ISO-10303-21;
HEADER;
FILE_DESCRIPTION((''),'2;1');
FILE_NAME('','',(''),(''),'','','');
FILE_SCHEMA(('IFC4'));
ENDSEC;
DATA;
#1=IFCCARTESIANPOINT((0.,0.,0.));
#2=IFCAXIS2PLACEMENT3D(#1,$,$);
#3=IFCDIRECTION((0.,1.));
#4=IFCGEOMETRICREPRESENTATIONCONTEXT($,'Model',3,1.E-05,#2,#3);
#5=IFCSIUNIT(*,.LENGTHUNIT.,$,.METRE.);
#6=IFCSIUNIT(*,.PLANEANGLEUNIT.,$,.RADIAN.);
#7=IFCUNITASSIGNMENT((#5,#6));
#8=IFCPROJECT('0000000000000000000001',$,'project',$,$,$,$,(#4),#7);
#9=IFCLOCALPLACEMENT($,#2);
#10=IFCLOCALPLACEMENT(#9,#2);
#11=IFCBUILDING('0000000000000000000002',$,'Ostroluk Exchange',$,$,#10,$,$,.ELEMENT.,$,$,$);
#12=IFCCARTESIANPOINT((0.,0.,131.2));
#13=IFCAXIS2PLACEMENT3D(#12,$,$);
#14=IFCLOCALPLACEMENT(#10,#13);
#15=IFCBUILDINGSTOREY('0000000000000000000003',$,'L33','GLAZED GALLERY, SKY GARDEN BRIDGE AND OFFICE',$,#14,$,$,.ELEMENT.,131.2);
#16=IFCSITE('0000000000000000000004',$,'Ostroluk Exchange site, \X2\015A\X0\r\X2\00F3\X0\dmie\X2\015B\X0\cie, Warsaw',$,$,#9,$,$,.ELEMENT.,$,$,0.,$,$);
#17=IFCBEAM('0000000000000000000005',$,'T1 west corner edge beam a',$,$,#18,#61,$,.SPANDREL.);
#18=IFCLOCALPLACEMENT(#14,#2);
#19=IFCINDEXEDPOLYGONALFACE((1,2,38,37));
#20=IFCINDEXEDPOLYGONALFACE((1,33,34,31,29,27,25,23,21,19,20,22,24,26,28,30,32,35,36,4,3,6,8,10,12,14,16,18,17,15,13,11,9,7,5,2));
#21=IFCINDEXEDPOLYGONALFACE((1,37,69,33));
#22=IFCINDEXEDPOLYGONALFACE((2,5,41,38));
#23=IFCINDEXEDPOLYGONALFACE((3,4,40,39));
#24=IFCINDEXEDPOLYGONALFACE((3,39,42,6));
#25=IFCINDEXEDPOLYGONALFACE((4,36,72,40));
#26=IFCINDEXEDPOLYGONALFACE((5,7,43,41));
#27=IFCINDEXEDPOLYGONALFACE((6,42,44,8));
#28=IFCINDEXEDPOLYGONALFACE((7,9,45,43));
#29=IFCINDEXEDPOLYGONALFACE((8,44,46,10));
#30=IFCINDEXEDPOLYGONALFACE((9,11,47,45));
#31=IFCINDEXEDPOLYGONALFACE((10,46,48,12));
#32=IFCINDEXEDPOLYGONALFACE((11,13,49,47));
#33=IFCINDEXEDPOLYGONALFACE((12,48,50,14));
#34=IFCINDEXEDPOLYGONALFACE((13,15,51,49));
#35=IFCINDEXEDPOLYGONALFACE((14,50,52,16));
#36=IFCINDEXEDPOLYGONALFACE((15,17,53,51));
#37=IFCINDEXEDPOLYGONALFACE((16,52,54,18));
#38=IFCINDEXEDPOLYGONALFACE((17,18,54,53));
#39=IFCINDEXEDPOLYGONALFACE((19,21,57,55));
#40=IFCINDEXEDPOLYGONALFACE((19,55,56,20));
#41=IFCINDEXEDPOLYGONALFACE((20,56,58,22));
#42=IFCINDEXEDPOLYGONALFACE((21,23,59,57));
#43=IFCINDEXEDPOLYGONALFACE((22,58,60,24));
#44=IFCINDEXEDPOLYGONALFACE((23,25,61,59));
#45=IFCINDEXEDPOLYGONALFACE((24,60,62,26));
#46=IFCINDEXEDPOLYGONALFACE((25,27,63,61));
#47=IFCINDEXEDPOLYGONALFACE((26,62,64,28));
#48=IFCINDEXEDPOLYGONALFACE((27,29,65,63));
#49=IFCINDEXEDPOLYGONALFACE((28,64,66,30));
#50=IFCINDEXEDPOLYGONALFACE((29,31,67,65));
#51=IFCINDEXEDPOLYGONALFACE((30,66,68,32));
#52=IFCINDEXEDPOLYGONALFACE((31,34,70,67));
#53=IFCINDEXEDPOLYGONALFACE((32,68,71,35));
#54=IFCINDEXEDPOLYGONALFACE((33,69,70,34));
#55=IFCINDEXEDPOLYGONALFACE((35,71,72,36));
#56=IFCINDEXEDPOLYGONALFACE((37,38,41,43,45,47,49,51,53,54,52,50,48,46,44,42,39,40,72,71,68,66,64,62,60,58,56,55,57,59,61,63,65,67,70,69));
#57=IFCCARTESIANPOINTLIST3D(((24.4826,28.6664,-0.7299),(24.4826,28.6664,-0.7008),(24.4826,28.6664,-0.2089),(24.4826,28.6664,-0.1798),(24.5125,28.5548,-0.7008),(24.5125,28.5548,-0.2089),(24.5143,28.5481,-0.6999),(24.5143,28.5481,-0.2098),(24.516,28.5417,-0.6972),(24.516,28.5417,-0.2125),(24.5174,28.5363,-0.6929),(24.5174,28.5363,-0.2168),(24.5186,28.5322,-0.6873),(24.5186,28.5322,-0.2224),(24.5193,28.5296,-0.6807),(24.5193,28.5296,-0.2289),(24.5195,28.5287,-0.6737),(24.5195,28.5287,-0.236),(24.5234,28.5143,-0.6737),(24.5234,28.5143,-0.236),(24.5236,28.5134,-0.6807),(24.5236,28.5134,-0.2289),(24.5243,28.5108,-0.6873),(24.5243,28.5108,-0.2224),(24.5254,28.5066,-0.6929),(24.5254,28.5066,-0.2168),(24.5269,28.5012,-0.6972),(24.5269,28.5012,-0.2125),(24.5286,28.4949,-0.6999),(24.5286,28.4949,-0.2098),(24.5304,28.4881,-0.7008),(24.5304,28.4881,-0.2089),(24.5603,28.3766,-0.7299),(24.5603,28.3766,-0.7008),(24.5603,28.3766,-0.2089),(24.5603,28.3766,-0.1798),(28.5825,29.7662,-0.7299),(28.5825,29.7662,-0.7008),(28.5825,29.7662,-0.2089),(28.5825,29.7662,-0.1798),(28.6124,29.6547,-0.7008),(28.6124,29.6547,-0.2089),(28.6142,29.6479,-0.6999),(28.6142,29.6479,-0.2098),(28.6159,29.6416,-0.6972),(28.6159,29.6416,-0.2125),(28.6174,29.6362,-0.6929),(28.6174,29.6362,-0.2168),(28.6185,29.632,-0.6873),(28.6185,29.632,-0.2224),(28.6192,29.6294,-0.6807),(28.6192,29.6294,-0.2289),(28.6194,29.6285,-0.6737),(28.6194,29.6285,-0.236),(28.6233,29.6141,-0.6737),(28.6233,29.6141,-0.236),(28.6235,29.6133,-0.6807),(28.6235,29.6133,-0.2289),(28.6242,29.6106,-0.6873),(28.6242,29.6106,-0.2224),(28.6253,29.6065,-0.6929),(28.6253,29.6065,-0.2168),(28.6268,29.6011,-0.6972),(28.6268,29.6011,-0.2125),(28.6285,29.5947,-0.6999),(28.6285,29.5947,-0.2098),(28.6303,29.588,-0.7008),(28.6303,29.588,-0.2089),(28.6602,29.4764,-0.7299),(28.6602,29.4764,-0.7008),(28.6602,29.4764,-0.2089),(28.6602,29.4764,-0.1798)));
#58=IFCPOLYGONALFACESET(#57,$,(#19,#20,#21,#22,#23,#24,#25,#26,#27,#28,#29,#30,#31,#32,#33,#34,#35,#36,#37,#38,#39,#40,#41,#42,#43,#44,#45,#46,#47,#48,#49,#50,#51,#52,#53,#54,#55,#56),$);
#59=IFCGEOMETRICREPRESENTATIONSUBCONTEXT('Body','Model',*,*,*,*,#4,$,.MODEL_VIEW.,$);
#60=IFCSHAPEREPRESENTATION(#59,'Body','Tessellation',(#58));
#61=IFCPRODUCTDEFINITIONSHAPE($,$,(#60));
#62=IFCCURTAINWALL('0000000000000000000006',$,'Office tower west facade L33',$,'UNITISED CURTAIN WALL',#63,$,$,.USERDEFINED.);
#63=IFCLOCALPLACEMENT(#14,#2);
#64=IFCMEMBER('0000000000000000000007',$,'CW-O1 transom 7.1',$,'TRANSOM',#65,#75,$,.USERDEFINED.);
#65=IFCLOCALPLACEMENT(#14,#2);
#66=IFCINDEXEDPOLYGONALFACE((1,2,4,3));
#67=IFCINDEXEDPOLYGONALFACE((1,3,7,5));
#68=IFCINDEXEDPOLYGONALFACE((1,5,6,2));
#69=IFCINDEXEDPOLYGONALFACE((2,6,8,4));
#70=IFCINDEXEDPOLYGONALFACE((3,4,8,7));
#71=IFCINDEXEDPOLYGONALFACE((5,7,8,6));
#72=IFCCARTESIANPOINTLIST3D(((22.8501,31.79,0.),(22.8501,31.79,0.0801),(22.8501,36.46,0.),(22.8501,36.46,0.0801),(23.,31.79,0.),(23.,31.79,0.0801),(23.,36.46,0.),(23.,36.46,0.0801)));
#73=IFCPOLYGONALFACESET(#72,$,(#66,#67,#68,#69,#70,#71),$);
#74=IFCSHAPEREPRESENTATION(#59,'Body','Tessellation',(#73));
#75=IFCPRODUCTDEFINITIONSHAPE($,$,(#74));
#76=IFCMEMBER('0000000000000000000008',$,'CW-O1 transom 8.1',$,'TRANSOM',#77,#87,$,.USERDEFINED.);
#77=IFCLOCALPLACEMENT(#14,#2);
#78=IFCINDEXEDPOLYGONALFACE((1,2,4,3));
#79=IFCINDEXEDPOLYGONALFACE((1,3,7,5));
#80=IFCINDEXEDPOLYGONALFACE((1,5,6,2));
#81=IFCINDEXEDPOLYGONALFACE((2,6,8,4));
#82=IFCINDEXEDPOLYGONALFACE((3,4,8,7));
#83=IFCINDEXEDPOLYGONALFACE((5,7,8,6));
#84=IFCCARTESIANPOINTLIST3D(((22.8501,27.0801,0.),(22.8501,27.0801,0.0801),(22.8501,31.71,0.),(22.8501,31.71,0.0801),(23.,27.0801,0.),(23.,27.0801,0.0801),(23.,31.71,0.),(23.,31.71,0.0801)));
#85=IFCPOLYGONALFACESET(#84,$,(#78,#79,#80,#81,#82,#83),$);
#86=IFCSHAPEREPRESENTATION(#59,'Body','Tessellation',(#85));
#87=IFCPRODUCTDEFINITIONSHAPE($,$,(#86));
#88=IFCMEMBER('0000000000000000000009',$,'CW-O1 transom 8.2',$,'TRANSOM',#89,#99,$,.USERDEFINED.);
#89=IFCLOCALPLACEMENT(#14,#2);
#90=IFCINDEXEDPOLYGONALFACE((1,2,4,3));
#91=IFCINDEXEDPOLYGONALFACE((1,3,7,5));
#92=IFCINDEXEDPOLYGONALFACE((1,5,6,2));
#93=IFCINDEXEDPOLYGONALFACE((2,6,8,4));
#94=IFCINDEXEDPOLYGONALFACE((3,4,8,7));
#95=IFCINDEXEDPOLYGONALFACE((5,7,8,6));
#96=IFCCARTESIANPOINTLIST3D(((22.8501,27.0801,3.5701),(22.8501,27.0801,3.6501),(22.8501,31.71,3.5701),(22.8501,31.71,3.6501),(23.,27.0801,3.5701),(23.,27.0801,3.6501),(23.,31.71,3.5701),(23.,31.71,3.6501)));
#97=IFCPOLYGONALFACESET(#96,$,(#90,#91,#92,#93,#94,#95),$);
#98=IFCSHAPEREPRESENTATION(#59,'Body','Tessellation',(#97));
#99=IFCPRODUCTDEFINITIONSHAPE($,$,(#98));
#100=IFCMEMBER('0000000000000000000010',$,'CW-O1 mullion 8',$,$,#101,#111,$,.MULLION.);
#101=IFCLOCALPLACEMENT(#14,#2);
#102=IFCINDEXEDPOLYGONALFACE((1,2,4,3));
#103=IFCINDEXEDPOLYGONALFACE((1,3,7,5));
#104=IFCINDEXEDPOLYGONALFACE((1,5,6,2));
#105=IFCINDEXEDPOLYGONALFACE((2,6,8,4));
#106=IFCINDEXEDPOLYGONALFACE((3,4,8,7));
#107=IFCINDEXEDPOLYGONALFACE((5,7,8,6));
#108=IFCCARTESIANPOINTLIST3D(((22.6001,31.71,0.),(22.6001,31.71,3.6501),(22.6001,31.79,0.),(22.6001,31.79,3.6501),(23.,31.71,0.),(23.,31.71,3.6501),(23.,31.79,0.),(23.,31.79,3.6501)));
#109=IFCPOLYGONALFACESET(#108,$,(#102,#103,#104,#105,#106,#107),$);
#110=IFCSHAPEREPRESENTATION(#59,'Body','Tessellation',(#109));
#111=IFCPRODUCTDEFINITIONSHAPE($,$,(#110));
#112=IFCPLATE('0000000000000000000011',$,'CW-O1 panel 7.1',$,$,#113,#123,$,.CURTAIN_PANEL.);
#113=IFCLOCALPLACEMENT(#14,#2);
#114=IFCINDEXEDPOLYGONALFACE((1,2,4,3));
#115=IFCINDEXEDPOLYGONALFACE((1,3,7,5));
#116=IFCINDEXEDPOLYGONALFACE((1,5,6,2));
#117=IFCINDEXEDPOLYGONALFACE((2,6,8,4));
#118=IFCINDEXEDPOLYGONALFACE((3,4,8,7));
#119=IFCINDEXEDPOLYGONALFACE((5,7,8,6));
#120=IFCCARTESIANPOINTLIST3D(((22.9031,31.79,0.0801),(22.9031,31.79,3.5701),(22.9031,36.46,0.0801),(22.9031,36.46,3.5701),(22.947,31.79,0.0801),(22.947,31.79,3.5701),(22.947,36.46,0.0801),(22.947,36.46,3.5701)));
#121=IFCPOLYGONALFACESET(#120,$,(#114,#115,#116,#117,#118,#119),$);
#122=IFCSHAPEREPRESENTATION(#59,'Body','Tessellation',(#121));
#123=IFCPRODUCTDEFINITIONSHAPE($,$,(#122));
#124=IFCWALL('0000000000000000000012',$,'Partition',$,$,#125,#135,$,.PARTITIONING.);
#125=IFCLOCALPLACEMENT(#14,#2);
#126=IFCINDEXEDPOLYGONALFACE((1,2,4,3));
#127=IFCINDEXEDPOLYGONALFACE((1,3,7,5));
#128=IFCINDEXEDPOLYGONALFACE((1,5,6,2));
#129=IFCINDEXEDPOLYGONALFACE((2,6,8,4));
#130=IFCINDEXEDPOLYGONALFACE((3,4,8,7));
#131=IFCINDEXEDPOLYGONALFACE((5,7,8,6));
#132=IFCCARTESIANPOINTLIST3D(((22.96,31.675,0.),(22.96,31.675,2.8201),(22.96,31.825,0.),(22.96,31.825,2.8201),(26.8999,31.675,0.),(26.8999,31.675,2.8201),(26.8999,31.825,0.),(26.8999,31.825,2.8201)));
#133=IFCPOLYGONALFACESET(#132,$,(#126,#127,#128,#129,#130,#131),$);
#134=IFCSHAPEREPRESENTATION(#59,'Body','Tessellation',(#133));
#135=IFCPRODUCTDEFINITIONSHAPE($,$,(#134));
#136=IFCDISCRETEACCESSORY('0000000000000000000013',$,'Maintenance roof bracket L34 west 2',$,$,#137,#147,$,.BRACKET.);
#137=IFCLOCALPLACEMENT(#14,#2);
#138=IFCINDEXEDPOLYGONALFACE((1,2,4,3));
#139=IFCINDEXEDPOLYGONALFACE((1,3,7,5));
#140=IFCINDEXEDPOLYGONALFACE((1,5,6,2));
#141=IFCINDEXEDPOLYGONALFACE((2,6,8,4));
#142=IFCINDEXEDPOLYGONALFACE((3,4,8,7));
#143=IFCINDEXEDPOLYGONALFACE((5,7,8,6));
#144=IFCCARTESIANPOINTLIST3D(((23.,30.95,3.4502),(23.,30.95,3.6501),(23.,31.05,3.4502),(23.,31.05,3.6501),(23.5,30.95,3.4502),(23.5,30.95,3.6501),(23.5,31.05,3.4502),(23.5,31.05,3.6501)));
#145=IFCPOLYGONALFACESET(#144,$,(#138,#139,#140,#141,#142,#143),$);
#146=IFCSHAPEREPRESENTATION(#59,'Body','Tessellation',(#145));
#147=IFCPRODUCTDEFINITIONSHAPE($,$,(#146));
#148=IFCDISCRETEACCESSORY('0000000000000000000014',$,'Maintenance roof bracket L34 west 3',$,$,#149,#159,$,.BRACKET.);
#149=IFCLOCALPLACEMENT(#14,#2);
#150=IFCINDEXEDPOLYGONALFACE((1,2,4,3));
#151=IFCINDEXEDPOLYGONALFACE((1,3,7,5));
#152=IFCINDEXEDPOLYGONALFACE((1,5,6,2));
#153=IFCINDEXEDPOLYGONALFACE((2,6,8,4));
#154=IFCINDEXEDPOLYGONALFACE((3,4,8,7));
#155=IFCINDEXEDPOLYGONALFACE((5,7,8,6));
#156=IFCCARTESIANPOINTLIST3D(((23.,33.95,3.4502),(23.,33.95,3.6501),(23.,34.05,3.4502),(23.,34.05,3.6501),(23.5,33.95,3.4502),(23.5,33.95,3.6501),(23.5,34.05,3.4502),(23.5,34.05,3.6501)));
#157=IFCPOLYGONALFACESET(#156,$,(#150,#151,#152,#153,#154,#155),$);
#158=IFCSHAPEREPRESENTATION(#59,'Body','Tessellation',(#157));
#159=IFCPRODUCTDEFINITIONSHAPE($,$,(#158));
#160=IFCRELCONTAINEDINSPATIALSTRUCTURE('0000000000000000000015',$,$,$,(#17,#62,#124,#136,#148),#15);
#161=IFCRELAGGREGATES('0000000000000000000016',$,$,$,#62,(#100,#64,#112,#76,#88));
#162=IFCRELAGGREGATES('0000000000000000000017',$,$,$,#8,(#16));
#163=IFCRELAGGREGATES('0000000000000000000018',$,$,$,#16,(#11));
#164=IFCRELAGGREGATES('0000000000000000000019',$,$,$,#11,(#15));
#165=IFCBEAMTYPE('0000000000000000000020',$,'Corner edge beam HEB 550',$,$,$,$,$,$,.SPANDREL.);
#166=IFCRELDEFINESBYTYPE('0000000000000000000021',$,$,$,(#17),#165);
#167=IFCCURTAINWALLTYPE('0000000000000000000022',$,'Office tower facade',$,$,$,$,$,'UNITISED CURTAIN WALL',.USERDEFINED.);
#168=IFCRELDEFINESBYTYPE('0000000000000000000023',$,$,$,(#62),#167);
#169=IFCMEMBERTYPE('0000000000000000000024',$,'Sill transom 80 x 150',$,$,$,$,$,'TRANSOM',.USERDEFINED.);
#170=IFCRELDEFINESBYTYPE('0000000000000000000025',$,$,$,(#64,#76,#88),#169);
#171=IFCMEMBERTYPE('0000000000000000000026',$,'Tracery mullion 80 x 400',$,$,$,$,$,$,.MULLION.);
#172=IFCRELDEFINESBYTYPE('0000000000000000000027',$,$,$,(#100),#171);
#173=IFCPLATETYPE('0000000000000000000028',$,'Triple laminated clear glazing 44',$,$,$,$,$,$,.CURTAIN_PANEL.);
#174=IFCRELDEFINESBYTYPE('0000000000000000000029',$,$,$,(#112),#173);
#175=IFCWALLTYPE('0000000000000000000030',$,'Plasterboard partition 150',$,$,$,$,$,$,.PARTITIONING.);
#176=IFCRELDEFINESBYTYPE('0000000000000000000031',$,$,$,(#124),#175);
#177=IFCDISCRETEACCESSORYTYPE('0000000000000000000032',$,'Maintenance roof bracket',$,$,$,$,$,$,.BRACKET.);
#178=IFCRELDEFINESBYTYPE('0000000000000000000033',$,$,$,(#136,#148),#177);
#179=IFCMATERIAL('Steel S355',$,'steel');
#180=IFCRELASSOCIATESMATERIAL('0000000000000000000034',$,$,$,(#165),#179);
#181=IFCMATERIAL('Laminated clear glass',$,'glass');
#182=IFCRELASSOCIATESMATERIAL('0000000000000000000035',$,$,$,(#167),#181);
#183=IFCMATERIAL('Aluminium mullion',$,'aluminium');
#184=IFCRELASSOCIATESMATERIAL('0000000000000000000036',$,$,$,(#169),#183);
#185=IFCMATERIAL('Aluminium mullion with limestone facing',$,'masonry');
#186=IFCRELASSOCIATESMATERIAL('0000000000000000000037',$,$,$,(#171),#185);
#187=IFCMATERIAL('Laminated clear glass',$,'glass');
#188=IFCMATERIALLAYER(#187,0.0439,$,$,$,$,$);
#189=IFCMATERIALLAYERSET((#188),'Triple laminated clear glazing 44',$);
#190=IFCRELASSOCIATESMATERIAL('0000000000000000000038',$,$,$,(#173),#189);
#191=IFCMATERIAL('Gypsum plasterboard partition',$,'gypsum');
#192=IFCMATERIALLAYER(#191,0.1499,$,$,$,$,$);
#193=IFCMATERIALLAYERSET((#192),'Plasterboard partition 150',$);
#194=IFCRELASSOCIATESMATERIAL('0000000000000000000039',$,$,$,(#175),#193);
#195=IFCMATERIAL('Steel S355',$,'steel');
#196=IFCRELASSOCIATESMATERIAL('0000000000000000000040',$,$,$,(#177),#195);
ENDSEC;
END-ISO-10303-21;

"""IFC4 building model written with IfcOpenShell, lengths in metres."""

from ifc_helpers import new_model, si_unit, direction, frame, frame_2d, origin, origin_2d, place, context, subcontext, project, spatial, rectangle, i_section, extrude, material, layer, layer_set, material_profile, profile_set, type_object, element, aggregate, save


model = new_model("IFC4")

# Units and contexts
model_context = context("Model", 3, precision=1e-05, world=origin(), true_north=direction((0.0, 1.0)))
body_context = subcontext(model_context, "Body", "Model", "MODEL_VIEW")
ifc_project = project(units=[si_unit("LENGTHUNIT", "METRE"), si_unit("PLANEANGLEUNIT", "RADIAN")], contexts=[model_context])

# Site, building, storey
site_placement = place(None, origin())
site = spatial("IfcSite", under=ifc_project, at=site_placement, Name="Ostroluk Exchange site, Śródmieście, Warsaw", CompositionType="ELEMENT", RefElevation=0.0)
building_placement = place(site_placement, origin())
building = spatial("IfcBuilding", under=site, at=building_placement, Name="Ostroluk Exchange", CompositionType="ELEMENT")
storey_placement = place(building_placement, frame((0.0, 0.0, 131.2)))
storey = spatial("IfcBuildingStorey", under=building, at=storey_placement, Name="L33", Description="GLAZED GALLERY, SKY GARDEN BRIDGE AND OFFICE", CompositionType="ELEMENT", Elevation=131.2)

# Beam
ifc_material_1 = material(Name="Steel S355", Category="steel")
ifc_material_profile_1 = material_profile(ifc_material_1, i_section(OverallWidth=0.3, OverallDepth=0.55, WebThickness=0.0149, FlangeThickness=0.0291, FilletRadius=0.0271, at=origin_2d()), Name="HEB 550")
ifc_profile_set_1 = profile_set([ifc_material_profile_1], Name="Steel S355")
beam_type = type_object("IfcBeamType", Name="Corner edge beam HEB 550", PredefinedType="SPANDREL", material=ifc_profile_set_1)
beam_placement = place(storey_placement, frame((28.6213, 29.6213, -0.4548), z_axis=(-0.965849, -0.259105, 0.0), x_axis=(0.259105, -0.965849, 0.0)))
element("IfcBeam", 1, at=beam_placement, inside=storey, type_object=beam_type, Name="T1 west corner edge beam a", PredefinedType="SPANDREL", context=body_context, shape_type="SweptSolid", body=[
    extrude(i_section(OverallWidth=0.3, OverallDepth=0.55, WebThickness=0.0149, FlangeThickness=0.0291, FilletRadius=0.0271, at=origin_2d()), origin(), (0.0, 0.0, 1.0), 4.2449),
])

# Curtain wall, members, plate
ifc_material_2 = material(Name="Laminated clear glass", Category="glass")
curtain_wall_type = type_object("IfcCurtainWallType", Name="Office tower facade", ElementType="UNITISED CURTAIN WALL", PredefinedType="USERDEFINED", material=ifc_material_2)
curtain_wall_placement = place(storey_placement, origin())
curtain_wall = element("IfcCurtainWall", 2, at=curtain_wall_placement, inside=storey, type_object=curtain_wall_type, Name="Office tower west facade L33", ObjectType="UNITISED CURTAIN WALL", PredefinedType="USERDEFINED")
ifc_material_3 = material(Name="Aluminium mullion", Category="aluminium")
ifc_material_profile_2 = material_profile(ifc_material_3, rectangle(XDim=0.1499, YDim=0.0801, at=origin_2d()), Name="Sill transom 80 x 150")
ifc_profile_set_2 = profile_set([ifc_material_profile_2], Name="Aluminium mullion")
member_type_1 = type_object("IfcMemberType", Name="Sill transom 80 x 150", ElementType="TRANSOM", PredefinedType="USERDEFINED", material=ifc_profile_set_2)
member_1_placement = place(storey_placement, frame((22.925, 36.46, 0.04), z_axis=(0.0, -1.0, 0.0), x_axis=(1.0, 0.0, 0.0)))
member_1 = element("IfcMember", 3, at=member_1_placement, type_object=member_type_1, Name="CW-O1 transom 7.1", ObjectType="TRANSOM", PredefinedType="USERDEFINED", context=body_context, shape_type="SweptSolid", body=[
    extrude(rectangle(XDim=0.1499, YDim=0.0801, at=origin_2d()), origin(), (0.0, 0.0, 1.0), 4.6699),
])
member_2_placement = place(storey_placement, frame((22.925, 31.71, 0.04), z_axis=(0.0, -1.0, 0.0), x_axis=(1.0, 0.0, 0.0)))
member_2 = element("IfcMember", 4, at=member_2_placement, type_object=member_type_1, Name="CW-O1 transom 8.1", ObjectType="TRANSOM", PredefinedType="USERDEFINED", context=body_context, shape_type="SweptSolid", body=[
    extrude(rectangle(XDim=0.1499, YDim=0.0801, at=origin_2d()), origin(), (0.0, 0.0, 1.0), 4.6299),
])
member_3_placement = place(storey_placement, frame((22.925, 31.71, 3.6101), z_axis=(0.0, -1.0, 0.0), x_axis=(1.0, 0.0, 0.0)))
member_3 = element("IfcMember", 5, at=member_3_placement, type_object=member_type_1, Name="CW-O1 transom 8.2", ObjectType="TRANSOM", PredefinedType="USERDEFINED", context=body_context, shape_type="SweptSolid", body=[
    extrude(rectangle(XDim=0.1499, YDim=0.0801, at=origin_2d()), origin(), (0.0, 0.0, 1.0), 4.6299),
])
ifc_material_4 = material(Name="Aluminium mullion with limestone facing", Category="masonry")
ifc_material_profile_3 = material_profile(ifc_material_4, rectangle(XDim=0.3999, YDim=0.0801, at=origin_2d()), Name="Tracery mullion 80 x 400")
ifc_profile_set_3 = profile_set([ifc_material_profile_3], Name="Aluminium mullion with limestone facing")
member_type_2 = type_object("IfcMemberType", Name="Tracery mullion 80 x 400", PredefinedType="MULLION", material=ifc_profile_set_3)
member_4_placement = place(storey_placement, frame((22.8, 31.75, 0.0), z_axis=(0.0, 0.0, 1.0), x_axis=(1.0, 0.0, 0.0)))
member_4 = element("IfcMember", 6, at=member_4_placement, type_object=member_type_2, Name="CW-O1 mullion 8", PredefinedType="MULLION", context=body_context, shape_type="SweptSolid", body=[
    extrude(rectangle(XDim=0.3999, YDim=0.0801, at=origin_2d()), origin(), (0.0, 0.0, 1.0), 3.6501),
])
ifc_material_5 = material(Name="Laminated clear glass", Category="glass")
ifc_layer_1 = layer(ifc_material_5, 0.0439)
ifc_layer_set_1 = layer_set([ifc_layer_1], Name="Triple laminated clear glazing 44")
plate_type = type_object("IfcPlateType", Name="Triple laminated clear glazing 44", PredefinedType="CURTAIN_PANEL", material=ifc_layer_set_1)
plate_placement = place(storey_placement, frame((22.925, 34.125, 0.0801), z_axis=(0.0, 0.0, 1.0), x_axis=(0.0, -1.0, 0.0)))
plate = element("IfcPlate", 7, at=plate_placement, type_object=plate_type, Name="CW-O1 panel 7.1", PredefinedType="CURTAIN_PANEL", context=body_context, shape_type="SweptSolid", body=[
    extrude(rectangle(XDim=4.6699, YDim=0.0439, at=origin_2d()), origin(), (0.0, 0.0, 1.0), 3.49),
])
aggregate(curtain_wall, [member_4, member_1, plate, member_2, member_3])

# Wall
ifc_material_6 = material(Name="Gypsum plasterboard partition", Category="gypsum")
ifc_layer_2 = layer(ifc_material_6, 0.1499)
ifc_layer_set_2 = layer_set([ifc_layer_2], Name="Plasterboard partition 150")
wall_type = type_object("IfcWallType", Name="Plasterboard partition 150", PredefinedType="PARTITIONING", material=ifc_layer_set_2)
wall_placement = place(storey_placement, frame((26.8999, 31.75, 0.0), z_axis=(0.0, 0.0, 1.0), x_axis=(-1.0, 0.0, 0.0)))
element("IfcWall", 8, at=wall_placement, inside=storey, type_object=wall_type, Name="Partition", PredefinedType="PARTITIONING", context=body_context, shape_type="SweptSolid", body=[
    extrude(rectangle(XDim=3.9399, YDim=0.1499, at=frame_2d((1.97, 0.0))), origin(), (0.0, 0.0, 1.0), 2.8201),
])

# Discrete accessories
ifc_material_7 = material(Name="Steel S355", Category="steel")
discrete_accessory_type = type_object("IfcDiscreteAccessoryType", Name="Maintenance roof bracket", PredefinedType="BRACKET", material=ifc_material_7)
for number, where, z_axis, x_axis, name in (
    (9, (23.25, 31.0, 3.4502), (0.0, 0.0, 1.0), (1.0, 0.0, 0.0), "Maintenance roof bracket L34 west 2"),
    (10, (23.25, 34.0, 3.4502), (0.0, 0.0, 1.0), (1.0, 0.0, 0.0), "Maintenance roof bracket L34 west 3"),
):
    element("IfcDiscreteAccessory", number, at=place(storey_placement, frame(where, z_axis=z_axis, x_axis=x_axis)), inside=storey, type_object=discrete_accessory_type, Name=name, PredefinedType="BRACKET", context=body_context, shape_type="SweptSolid", body=[
        extrude(rectangle(XDim=0.5, YDim=0.1001, at=origin_2d()), origin(), (0.0, 0.0, 1.0), 0.2),
    ])

save(model, "model.ifc")
